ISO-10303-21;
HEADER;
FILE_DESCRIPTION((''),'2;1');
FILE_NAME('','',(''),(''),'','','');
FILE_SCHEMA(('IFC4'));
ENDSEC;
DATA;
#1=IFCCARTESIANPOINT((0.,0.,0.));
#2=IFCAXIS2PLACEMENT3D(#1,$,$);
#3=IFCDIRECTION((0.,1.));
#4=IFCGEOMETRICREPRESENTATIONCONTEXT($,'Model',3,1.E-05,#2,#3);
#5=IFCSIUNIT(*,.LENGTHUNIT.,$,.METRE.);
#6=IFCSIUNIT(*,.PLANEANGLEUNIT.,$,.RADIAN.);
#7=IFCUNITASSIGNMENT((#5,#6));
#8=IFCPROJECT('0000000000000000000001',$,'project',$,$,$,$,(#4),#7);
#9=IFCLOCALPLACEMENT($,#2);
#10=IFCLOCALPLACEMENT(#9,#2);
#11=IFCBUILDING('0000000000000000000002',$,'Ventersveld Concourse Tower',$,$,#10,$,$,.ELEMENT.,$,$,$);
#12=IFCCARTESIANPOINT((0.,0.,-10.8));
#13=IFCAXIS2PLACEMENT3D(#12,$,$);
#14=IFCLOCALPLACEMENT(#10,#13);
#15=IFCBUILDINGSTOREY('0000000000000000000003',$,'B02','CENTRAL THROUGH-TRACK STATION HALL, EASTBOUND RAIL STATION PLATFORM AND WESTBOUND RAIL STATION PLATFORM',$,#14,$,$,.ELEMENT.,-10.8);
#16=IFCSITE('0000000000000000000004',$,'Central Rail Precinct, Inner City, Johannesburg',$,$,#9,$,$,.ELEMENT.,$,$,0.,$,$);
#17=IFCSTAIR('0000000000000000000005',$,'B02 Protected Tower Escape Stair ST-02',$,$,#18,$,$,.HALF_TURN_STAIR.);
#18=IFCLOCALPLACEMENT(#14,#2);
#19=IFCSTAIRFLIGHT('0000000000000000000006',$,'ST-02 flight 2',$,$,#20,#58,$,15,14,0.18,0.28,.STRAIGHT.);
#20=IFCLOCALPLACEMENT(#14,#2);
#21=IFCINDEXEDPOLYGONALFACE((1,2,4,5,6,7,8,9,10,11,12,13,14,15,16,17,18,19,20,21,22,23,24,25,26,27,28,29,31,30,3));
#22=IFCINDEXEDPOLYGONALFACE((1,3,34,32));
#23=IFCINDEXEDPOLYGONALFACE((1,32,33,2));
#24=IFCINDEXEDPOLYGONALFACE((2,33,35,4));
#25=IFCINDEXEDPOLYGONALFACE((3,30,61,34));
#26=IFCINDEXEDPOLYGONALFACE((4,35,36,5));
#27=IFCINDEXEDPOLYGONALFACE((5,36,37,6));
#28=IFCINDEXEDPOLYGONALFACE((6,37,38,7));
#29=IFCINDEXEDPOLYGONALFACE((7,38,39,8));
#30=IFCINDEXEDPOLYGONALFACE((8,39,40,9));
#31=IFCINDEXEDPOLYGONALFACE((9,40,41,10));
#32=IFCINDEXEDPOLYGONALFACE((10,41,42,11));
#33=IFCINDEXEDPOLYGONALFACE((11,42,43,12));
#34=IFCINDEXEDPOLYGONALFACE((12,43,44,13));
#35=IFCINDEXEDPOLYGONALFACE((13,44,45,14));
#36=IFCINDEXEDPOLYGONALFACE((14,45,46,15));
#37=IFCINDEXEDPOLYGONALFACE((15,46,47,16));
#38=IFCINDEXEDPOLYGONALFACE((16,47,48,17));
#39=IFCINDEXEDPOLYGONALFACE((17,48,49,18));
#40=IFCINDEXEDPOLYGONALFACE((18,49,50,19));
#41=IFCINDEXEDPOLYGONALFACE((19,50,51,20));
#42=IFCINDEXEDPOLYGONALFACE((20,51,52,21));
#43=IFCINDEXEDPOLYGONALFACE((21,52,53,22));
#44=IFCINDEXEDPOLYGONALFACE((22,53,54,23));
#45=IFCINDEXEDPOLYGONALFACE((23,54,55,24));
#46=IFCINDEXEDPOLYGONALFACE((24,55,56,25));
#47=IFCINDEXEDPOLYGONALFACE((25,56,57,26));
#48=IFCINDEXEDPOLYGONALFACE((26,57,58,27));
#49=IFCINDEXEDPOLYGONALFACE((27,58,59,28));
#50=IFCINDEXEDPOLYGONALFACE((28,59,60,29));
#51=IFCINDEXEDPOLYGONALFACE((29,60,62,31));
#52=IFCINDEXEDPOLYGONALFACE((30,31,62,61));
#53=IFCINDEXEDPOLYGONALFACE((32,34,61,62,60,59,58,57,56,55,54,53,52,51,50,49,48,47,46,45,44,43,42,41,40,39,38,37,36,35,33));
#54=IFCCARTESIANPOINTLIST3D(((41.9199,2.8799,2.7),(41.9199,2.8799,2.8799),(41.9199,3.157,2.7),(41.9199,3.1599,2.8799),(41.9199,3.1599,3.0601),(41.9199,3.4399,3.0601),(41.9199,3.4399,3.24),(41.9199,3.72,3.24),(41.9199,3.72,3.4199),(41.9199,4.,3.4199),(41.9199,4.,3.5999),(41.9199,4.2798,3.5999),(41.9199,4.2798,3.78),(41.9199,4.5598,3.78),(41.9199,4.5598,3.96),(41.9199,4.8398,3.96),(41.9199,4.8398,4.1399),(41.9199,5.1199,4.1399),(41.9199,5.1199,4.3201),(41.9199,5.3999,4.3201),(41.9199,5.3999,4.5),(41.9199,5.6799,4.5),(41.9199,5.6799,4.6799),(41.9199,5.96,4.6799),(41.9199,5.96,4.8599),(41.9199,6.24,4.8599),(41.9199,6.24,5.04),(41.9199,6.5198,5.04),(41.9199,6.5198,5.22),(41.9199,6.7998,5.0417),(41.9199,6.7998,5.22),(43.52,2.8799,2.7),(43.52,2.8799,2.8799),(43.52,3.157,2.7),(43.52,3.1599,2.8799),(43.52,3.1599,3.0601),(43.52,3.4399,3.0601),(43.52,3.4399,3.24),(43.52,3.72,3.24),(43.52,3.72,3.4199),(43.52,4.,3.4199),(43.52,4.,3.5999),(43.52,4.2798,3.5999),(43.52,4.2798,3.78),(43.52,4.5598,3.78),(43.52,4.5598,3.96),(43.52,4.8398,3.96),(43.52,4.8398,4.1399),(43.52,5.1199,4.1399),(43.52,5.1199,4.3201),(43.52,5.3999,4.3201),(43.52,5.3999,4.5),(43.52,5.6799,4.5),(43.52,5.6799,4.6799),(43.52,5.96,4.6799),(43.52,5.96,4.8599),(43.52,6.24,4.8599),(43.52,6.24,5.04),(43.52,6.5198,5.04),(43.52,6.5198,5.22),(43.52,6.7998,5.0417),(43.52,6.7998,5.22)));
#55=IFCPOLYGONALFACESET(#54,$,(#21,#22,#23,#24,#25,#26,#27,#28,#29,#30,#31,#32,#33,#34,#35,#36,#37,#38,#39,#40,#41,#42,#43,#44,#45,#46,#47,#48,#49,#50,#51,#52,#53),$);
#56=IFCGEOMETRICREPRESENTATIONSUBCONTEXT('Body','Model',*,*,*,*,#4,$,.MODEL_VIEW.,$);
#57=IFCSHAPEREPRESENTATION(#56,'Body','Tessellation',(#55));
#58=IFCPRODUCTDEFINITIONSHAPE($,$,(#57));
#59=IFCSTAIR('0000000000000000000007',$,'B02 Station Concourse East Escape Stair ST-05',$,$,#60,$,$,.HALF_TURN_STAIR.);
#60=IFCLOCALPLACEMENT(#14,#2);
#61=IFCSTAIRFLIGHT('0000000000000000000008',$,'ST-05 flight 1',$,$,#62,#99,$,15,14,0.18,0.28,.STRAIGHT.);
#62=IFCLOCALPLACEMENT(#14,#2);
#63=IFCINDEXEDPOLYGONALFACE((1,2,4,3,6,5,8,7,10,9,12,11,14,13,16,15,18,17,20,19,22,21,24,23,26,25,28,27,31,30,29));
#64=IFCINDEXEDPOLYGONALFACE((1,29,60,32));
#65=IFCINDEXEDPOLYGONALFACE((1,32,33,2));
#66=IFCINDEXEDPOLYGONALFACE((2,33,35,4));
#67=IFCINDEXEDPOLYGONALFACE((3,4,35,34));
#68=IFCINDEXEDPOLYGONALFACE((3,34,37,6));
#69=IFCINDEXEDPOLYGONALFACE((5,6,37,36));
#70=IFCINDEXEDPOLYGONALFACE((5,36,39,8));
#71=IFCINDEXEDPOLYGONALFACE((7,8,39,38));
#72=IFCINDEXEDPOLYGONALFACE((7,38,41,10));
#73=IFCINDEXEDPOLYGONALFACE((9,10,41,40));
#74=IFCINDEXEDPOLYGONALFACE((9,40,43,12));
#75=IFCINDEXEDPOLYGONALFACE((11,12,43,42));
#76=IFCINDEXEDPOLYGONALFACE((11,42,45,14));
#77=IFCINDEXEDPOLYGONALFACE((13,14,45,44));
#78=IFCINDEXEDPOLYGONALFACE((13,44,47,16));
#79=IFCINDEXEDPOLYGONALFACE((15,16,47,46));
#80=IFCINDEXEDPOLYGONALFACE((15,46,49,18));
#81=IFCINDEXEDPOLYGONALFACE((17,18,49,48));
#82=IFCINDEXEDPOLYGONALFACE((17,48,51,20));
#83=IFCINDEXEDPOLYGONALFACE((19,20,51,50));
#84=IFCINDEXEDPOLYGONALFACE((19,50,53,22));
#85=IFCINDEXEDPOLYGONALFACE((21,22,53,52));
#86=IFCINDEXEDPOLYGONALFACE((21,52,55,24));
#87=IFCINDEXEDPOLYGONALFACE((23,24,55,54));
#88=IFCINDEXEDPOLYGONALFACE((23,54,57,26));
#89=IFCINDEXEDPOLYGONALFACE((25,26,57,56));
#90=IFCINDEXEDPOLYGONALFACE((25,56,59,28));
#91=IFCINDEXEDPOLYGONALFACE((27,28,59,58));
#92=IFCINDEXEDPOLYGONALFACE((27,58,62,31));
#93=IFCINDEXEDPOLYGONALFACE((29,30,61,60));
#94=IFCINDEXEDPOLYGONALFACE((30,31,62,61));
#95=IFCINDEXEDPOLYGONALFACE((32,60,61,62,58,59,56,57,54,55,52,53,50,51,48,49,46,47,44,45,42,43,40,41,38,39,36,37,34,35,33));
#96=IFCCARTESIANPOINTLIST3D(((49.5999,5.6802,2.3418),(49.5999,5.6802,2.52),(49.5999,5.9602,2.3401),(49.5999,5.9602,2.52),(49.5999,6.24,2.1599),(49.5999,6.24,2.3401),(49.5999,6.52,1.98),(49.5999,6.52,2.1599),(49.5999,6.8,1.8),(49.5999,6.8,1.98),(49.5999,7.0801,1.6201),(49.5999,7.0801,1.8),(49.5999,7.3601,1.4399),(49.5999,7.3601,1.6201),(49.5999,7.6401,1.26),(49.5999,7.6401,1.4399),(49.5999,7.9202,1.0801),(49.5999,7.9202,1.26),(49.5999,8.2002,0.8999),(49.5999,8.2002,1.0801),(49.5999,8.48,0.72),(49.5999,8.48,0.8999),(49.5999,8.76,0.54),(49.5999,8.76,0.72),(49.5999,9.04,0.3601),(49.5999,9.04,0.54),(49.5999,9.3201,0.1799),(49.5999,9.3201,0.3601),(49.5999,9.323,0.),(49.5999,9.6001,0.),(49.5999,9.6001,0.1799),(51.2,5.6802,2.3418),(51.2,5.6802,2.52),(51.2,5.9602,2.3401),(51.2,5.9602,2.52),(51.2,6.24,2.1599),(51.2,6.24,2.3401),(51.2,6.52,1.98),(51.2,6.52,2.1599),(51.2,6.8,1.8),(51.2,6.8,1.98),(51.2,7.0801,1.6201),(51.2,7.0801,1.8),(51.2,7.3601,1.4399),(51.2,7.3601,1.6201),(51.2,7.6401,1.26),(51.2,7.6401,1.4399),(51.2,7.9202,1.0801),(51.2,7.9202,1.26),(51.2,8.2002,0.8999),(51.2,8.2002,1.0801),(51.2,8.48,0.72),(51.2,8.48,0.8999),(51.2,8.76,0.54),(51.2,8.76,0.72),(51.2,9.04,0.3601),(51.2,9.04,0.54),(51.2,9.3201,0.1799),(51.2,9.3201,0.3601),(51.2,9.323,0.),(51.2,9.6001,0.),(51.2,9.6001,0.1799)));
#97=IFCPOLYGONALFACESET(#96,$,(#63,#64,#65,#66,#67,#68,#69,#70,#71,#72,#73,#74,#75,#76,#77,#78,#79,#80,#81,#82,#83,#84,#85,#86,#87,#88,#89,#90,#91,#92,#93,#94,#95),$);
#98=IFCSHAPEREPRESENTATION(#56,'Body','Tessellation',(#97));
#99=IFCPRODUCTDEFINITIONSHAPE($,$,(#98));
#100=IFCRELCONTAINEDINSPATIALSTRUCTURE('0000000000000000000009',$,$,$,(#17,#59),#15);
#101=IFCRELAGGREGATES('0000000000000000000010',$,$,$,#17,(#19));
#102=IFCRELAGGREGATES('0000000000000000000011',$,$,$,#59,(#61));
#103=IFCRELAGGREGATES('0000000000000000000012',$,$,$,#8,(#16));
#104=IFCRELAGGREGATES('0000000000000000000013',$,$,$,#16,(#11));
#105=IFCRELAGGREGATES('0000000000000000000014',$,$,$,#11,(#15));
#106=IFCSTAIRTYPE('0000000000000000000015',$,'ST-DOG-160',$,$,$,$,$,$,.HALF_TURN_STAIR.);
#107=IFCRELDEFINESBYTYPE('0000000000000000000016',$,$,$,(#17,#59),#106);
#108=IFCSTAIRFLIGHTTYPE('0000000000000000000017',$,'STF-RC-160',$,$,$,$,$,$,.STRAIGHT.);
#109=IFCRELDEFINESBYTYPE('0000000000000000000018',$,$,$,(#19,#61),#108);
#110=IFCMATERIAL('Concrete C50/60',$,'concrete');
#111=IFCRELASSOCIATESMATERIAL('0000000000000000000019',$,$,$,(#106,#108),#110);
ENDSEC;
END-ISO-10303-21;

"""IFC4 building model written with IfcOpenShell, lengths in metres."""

from ifc_helpers import new_model, si_unit, direction, frame, origin, place, context, subcontext, project, spatial, polyline, outline, extrude, material, type_object, element, aggregate, save


model = new_model("IFC4")

# Units and contexts
model_context = context("Model", 3, precision=1e-05, world=origin(), true_north=direction((0.0, 1.0)))
body_context = subcontext(model_context, "Body", "Model", "MODEL_VIEW")
ifc_project = project(units=[si_unit("LENGTHUNIT", "METRE"), si_unit("PLANEANGLEUNIT", "RADIAN")], contexts=[model_context])

# Site, building, storey
site_placement = place(None, origin())
site = spatial("IfcSite", under=ifc_project, at=site_placement, Name="Central Rail Precinct, Inner City, Johannesburg", CompositionType="ELEMENT", RefElevation=0.0)
building_placement = place(site_placement, origin())
building = spatial("IfcBuilding", under=site, at=building_placement, Name="Ventersveld Concourse Tower", CompositionType="ELEMENT")
storey_placement = place(building_placement, frame((0.0, 0.0, -10.8)))
storey = spatial("IfcBuildingStorey", under=building, at=storey_placement, Name="B02", Description="CENTRAL THROUGH-TRACK STATION HALL, EASTBOUND RAIL STATION PLATFORM AND WESTBOUND RAIL STATION PLATFORM", CompositionType="ELEMENT", Elevation=-10.8)

# Shared definitions
ifc_material_1 = material(Name="Concrete C50/60", Category="concrete")

# Stairs, stair flights
stair_type = type_object("IfcStairType", Name="ST-DOG-160", PredefinedType="HALF_TURN_STAIR", material=ifc_material_1)
stair_1_placement = place(storey_placement, origin())
stair_1 = element("IfcStair", 1, at=stair_1_placement, inside=storey, type_object=stair_type, Name="B02 Protected Tower Escape Stair ST-02", PredefinedType="HALF_TURN_STAIR")
stair_flight_type = type_object("IfcStairFlightType", Name="STF-RC-160", PredefinedType="STRAIGHT", material=ifc_material_1)
stair_flight_1_placement = place(storey_placement, frame((42.72, 2.8799, 2.7), z_axis=(0.0, 0.0, 1.0), x_axis=(0.0, 1.0, 0.0)))
stair_flight_1 = element("IfcStairFlight", 2, at=stair_flight_1_placement, type_object=stair_flight_type, Name="ST-02 flight 2", NumberOfRisers=15, NumberOfTreads=14, PredefinedType="STRAIGHT", RiserHeight=0.18, TreadLength=0.28, context=body_context, shape_type="SweptSolid", body=[
    extrude(outline(polyline([(0.0, 0.0), (0.0, 0.1799), (0.28, 0.1799), (0.28, 0.3601), (0.5601, 0.3601), (0.5601, 0.54), (0.8401, 0.54), (0.8401, 0.72), (1.1201, 0.72), (1.1201, 0.8999), (1.3999, 0.8999), (1.3999, 1.0801), (1.6799, 1.0801), (1.6799, 1.26), (1.96, 1.26), (1.96, 1.4399), (2.24, 1.4399), (2.24, 1.6201), (2.52, 1.6201), (2.52, 1.8), (2.8, 1.8), (2.8, 1.98), (3.0801, 1.98), (3.0801, 2.1599), (3.3601, 2.1599), (3.3601, 2.3401), (3.6399, 2.3401), (3.6399, 2.52), (3.9199, 2.52), (3.9199, 2.7), (3.9199, 2.3418), (0.2771, 0.0), (0.0, 0.0)])), frame((0.0, 0.8, 0.0), z_axis=(0.0, -1.0, 0.0), x_axis=(1.0, 0.0, 0.0)), (0.0, 0.0, 1.0), 1.6001),
])
aggregate(stair_1, [stair_flight_1])
stair_2_placement = place(storey_placement, origin())
stair_2 = element("IfcStair", 3, at=stair_2_placement, inside=storey, type_object=stair_type, Name="B02 Station Concourse East Escape Stair ST-05", PredefinedType="HALF_TURN_STAIR")
stair_flight_2_placement = place(storey_placement, frame((50.3999, 9.6001, 0.0), z_axis=(0.0, 0.0, 1.0), x_axis=(0.0, -1.0, 0.0)))
stair_flight_2 = element("IfcStairFlight", 4, at=stair_flight_2_placement, type_object=stair_flight_type, Name="ST-05 flight 1", NumberOfRisers=15, NumberOfTreads=14, PredefinedType="STRAIGHT", RiserHeight=0.18, TreadLength=0.28, context=body_context, shape_type="SweptSolid", body=[
    extrude(outline(polyline([(0.0, 0.0), (0.0, 0.1799), (0.28, 0.1799), (0.28, 0.3601), (0.5601, 0.3601), (0.5601, 0.54), (0.8401, 0.54), (0.8401, 0.72), (1.1201, 0.72), (1.1201, 0.8999), (1.3999, 0.8999), (1.3999, 1.0801), (1.6799, 1.0801), (1.6799, 1.26), (1.96, 1.26), (1.96, 1.4399), (2.24, 1.4399), (2.24, 1.6201), (2.52, 1.6201), (2.52, 1.8), (2.8, 1.8), (2.8, 1.98), (3.0801, 1.98), (3.0801, 2.1599), (3.3601, 2.1599), (3.3601, 2.3401), (3.6399, 2.3401), (3.6399, 2.52), (3.9199, 2.52), (3.9199, 2.7), (3.9199, 2.3418), (0.2771, 0.0), (0.0, 0.0)])), frame((0.0, 0.8, 0.0), z_axis=(0.0, -1.0, 0.0), x_axis=(1.0, 0.0, 0.0)), (0.0, 0.0, 1.0), 1.6001),
])
aggregate(stair_2, [stair_flight_2])

save(model, "model.ifc")
